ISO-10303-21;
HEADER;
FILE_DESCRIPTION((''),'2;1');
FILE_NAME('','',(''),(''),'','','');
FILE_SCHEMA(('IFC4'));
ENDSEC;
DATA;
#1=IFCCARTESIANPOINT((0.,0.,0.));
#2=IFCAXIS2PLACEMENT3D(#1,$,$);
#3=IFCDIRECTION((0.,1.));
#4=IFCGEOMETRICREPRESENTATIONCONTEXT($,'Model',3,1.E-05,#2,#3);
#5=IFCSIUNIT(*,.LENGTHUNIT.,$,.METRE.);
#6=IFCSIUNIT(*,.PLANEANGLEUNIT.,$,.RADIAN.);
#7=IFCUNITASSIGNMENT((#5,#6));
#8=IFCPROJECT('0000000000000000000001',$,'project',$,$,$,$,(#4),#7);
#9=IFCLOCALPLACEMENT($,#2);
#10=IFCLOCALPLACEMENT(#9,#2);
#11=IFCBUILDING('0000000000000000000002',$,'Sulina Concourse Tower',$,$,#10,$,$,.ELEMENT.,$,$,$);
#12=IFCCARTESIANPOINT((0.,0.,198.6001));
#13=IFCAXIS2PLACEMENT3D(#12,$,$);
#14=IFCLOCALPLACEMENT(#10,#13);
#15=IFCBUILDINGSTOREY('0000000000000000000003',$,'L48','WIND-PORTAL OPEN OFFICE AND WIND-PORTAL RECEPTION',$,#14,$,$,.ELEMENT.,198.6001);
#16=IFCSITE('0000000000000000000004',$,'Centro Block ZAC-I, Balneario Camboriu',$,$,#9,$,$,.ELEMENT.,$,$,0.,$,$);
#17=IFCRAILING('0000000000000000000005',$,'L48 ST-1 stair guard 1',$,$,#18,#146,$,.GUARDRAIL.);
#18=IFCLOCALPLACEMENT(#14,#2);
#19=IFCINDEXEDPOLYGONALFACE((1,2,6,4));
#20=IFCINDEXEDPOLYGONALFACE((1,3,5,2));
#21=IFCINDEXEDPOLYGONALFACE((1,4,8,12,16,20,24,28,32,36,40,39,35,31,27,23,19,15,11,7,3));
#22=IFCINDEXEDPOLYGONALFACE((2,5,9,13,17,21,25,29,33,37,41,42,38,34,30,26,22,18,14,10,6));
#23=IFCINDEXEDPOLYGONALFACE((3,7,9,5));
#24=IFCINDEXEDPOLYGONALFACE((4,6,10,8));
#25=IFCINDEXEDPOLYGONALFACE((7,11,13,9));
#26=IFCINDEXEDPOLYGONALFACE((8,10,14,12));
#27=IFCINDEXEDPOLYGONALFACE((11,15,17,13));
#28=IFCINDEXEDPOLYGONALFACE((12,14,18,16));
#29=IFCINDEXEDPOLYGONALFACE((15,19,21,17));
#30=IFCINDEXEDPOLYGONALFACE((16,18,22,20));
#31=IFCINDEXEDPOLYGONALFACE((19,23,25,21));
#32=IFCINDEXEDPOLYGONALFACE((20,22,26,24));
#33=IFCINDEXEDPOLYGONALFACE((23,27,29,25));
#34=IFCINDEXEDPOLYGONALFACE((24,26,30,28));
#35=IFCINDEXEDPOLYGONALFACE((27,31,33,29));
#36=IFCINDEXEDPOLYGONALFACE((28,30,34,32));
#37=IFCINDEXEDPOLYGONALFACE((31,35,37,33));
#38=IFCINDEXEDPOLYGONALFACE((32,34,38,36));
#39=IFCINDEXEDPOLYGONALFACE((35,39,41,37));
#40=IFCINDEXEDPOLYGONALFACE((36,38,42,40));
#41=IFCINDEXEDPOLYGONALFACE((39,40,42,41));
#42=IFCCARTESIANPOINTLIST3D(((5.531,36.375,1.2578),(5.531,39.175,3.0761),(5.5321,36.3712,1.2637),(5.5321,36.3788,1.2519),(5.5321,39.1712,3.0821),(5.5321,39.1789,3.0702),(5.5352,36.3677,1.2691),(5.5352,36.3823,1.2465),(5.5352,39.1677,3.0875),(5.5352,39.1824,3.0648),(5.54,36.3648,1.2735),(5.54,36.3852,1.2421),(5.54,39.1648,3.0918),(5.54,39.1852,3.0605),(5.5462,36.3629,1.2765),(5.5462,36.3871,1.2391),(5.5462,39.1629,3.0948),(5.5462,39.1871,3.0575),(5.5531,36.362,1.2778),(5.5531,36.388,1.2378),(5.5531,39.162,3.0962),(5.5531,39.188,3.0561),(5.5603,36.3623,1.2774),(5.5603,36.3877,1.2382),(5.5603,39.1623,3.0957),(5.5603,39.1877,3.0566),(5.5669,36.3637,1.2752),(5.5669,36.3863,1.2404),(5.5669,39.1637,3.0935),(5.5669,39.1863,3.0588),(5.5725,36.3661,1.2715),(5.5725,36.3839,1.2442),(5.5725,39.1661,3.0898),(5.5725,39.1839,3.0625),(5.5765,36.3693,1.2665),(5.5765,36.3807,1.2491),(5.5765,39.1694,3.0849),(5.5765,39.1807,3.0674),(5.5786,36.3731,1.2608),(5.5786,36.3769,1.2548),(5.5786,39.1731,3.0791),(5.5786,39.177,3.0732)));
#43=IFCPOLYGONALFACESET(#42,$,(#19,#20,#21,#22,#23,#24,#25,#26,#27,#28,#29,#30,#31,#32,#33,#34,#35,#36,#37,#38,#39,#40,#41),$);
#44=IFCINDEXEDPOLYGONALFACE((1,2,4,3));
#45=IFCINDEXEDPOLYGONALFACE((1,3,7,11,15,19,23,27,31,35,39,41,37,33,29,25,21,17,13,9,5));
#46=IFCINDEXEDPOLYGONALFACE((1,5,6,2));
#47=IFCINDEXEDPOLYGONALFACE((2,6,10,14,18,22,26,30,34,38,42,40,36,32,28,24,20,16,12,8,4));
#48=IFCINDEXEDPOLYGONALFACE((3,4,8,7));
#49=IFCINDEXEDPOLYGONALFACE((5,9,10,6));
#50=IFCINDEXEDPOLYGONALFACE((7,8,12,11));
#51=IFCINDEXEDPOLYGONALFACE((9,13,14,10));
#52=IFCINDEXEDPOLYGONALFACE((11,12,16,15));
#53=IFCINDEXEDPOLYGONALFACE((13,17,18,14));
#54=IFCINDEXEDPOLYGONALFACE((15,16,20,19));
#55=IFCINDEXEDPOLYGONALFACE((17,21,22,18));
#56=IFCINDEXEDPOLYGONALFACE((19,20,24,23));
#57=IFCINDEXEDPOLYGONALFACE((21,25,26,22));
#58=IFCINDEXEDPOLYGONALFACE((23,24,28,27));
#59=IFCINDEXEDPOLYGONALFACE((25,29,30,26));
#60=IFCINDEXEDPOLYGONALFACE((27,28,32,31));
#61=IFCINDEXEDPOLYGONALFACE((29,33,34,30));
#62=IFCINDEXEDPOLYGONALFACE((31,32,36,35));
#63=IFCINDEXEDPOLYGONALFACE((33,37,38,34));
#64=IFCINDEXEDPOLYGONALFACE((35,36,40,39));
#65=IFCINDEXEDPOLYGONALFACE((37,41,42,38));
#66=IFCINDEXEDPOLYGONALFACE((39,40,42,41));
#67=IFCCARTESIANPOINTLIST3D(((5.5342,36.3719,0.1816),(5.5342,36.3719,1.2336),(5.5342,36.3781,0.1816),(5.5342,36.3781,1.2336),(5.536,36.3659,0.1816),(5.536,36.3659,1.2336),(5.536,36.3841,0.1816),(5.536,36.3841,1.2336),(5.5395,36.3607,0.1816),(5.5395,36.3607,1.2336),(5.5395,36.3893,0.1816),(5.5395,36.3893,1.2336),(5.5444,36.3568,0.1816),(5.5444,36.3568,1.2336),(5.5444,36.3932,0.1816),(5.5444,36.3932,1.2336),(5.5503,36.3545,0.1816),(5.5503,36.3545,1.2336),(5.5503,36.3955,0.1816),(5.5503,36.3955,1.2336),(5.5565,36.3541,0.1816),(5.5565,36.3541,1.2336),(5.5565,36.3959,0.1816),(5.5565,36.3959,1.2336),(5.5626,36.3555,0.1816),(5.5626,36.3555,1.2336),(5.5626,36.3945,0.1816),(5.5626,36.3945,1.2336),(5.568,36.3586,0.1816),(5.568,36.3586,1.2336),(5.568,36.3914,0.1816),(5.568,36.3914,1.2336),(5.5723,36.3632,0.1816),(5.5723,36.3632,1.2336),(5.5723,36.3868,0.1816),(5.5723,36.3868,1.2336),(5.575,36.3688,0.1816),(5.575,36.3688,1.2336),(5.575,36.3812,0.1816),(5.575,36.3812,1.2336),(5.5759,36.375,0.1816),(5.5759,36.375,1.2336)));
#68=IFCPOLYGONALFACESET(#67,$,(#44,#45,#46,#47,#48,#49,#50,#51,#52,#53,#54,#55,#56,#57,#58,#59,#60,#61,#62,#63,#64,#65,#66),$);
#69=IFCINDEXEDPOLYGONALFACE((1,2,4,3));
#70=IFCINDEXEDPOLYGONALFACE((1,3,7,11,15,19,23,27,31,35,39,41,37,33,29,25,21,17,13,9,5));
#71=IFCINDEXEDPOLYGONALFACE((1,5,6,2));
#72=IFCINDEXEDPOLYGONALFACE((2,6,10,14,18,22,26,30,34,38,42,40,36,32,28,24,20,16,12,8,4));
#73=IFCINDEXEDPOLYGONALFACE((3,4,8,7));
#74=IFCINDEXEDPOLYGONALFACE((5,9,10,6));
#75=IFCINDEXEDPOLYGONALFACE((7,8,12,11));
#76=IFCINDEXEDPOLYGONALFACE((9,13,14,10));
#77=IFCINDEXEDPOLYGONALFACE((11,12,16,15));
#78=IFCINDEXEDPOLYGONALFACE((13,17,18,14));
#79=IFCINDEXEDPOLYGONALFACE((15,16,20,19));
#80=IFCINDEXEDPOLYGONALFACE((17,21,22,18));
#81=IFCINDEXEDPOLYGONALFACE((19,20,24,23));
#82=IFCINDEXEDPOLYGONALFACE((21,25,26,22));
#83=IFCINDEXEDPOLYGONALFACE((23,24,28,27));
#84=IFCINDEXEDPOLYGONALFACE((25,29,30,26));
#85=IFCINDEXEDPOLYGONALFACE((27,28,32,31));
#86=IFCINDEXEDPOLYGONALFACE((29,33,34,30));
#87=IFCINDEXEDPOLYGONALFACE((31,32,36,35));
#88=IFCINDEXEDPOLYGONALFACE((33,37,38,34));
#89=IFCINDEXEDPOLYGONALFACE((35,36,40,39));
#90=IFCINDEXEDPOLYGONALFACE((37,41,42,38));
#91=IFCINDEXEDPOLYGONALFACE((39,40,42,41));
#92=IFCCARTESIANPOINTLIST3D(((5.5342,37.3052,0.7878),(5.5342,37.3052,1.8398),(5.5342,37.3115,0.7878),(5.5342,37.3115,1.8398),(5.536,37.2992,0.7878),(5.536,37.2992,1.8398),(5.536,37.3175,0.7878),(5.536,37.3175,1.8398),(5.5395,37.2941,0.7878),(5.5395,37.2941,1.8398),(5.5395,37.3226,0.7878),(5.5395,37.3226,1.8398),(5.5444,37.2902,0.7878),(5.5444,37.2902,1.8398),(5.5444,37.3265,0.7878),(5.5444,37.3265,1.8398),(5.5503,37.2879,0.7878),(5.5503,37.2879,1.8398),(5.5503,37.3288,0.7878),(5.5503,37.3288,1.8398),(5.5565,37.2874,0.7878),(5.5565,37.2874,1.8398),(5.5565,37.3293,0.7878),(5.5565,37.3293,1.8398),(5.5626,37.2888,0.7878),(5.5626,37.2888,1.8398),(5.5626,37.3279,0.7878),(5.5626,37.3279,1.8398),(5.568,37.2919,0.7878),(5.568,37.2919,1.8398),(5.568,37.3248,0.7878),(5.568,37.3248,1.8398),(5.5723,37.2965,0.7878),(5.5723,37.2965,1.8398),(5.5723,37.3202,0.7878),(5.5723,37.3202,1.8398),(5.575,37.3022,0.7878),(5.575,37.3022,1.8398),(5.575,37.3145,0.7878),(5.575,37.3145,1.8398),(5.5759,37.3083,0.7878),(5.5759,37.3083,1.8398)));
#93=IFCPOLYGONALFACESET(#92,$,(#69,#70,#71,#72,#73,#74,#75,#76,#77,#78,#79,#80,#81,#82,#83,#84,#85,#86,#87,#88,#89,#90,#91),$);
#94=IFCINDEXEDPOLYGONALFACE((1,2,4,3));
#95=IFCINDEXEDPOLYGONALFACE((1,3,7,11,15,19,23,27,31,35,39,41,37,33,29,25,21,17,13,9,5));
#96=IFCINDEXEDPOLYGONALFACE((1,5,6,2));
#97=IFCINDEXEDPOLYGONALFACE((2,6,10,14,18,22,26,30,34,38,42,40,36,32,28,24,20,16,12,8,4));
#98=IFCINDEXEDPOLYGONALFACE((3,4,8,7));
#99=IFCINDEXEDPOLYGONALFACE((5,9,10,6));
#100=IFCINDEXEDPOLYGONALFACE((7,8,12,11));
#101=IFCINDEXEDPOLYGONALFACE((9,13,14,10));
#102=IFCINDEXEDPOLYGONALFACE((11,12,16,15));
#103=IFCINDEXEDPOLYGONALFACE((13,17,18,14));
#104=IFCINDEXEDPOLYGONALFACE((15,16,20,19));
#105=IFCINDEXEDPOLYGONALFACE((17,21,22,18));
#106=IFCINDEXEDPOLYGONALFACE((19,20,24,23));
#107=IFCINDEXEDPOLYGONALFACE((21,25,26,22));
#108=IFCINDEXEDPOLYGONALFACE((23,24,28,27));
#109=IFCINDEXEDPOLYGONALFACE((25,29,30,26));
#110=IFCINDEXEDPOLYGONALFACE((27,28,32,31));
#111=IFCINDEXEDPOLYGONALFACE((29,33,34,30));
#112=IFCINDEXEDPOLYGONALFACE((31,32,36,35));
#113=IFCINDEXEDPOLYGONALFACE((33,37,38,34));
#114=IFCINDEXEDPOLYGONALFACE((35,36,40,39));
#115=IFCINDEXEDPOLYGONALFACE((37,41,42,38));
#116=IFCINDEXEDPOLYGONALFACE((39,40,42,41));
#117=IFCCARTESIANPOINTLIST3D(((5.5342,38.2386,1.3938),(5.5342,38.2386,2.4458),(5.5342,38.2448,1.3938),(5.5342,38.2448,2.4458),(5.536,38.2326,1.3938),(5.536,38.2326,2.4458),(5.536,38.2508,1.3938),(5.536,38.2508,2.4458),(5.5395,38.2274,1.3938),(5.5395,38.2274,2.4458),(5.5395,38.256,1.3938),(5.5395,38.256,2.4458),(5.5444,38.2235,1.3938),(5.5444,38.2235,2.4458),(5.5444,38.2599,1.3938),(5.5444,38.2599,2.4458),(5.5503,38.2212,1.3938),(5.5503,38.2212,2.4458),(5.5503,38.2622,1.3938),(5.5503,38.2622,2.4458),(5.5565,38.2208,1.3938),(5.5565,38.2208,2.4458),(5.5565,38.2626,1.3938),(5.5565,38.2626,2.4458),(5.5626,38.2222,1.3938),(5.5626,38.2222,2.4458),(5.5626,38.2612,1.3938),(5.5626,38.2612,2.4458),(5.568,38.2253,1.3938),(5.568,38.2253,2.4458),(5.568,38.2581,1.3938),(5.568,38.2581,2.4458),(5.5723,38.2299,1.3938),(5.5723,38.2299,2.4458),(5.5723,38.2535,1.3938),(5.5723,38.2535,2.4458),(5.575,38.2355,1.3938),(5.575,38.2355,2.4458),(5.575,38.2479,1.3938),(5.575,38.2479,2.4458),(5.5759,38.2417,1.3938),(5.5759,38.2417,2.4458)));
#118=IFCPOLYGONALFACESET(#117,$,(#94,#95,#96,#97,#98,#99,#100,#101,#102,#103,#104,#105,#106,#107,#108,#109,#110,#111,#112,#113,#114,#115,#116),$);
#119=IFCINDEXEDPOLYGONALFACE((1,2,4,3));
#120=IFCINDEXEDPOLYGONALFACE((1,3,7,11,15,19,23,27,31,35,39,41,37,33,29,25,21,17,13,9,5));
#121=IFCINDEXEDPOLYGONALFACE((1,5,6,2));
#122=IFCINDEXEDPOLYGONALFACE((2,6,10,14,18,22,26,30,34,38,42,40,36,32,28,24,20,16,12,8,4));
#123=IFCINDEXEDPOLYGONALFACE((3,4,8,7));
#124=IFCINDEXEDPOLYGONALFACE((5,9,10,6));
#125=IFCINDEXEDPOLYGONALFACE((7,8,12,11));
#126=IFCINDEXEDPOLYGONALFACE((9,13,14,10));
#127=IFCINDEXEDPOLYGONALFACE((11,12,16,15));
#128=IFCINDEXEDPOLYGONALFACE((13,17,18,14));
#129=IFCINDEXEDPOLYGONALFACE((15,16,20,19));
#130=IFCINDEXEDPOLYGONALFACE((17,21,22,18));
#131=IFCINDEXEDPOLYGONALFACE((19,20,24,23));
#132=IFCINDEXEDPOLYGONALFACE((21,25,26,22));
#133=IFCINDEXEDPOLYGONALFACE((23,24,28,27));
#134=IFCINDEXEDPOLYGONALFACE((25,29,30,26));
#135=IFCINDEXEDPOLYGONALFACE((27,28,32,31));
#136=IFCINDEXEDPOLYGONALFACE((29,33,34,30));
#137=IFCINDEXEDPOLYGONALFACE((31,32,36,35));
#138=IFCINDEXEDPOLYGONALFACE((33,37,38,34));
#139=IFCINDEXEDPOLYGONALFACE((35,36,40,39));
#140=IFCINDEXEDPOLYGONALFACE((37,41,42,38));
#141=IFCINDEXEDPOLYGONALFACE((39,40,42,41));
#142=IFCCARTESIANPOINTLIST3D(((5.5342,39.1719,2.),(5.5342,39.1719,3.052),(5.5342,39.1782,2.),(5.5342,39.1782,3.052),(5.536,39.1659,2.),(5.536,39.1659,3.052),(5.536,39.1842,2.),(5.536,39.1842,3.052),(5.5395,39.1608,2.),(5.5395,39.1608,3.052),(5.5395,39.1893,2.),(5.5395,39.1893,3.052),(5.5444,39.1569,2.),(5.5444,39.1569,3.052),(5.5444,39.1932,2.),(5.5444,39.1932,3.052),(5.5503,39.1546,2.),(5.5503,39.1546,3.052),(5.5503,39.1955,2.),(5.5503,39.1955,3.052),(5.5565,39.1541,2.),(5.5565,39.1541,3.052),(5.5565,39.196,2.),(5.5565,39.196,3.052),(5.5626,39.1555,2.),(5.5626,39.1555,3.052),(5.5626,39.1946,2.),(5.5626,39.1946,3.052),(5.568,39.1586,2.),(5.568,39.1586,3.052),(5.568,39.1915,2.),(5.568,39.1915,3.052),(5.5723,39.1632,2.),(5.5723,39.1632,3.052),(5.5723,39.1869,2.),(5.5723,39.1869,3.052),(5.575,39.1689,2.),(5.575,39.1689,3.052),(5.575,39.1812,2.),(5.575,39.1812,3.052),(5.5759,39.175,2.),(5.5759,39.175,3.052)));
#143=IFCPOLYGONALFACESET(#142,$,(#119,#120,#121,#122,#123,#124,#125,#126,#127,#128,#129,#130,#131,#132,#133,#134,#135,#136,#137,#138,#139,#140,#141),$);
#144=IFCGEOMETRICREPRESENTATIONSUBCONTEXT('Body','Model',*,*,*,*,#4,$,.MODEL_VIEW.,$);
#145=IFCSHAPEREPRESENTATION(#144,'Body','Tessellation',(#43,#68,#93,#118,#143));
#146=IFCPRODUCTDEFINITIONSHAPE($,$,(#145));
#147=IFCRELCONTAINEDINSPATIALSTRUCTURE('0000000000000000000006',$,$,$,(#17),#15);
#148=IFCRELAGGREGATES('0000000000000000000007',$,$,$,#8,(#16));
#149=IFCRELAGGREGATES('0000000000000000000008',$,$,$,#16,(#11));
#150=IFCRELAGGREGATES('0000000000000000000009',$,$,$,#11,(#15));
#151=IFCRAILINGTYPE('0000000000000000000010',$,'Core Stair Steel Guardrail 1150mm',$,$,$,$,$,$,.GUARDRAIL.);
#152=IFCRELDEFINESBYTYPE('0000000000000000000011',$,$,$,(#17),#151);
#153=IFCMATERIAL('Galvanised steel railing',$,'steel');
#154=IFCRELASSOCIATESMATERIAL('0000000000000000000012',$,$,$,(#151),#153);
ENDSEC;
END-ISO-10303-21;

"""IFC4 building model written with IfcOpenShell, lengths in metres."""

from ifc_helpers import new_model, si_unit, direction, frame, origin, origin_2d, place, context, subcontext, project, spatial, circle, extrude, material, type_object, element, save


model = new_model("IFC4")

# Units and contexts
model_context = context("Model", 3, precision=1e-05, world=origin(), true_north=direction((0.0, 1.0)))
body_context = subcontext(model_context, "Body", "Model", "MODEL_VIEW")
ifc_project = project(units=[si_unit("LENGTHUNIT", "METRE"), si_unit("PLANEANGLEUNIT", "RADIAN")], contexts=[model_context])

# Site, building, storey
site_placement = place(None, origin())
site = spatial("IfcSite", under=ifc_project, at=site_placement, Name="Centro Block ZAC-I, Balneario Camboriu", CompositionType="ELEMENT", RefElevation=0.0)
building_placement = place(site_placement, origin())
building = spatial("IfcBuilding", under=site, at=building_placement, Name="Sulina Concourse Tower", CompositionType="ELEMENT")
storey_placement = place(building_placement, frame((0.0, 0.0, 198.6001)))
storey = spatial("IfcBuildingStorey", under=building, at=storey_placement, Name="L48", Description="WIND-PORTAL OPEN OFFICE AND WIND-PORTAL RECEPTION", CompositionType="ELEMENT", Elevation=198.6001)

# Railing
ifc_material_1 = material(Name="Galvanised steel railing", Category="steel")
railing_type_1 = type_object("IfcRailingType", Name="Core Stair Steel Guardrail 1150mm", PredefinedType="GUARDRAIL", material=ifc_material_1)
railing_1_placement = place(storey_placement, frame((5.5549, 36.375, 0.1816)))
element("IfcRailing", 1, at=railing_1_placement, inside=storey, type_object=railing_type_1, Name="L48 ST-1 stair guard 1", PredefinedType="GUARDRAIL", context=body_context, shape_type="SweptSolid", body=[
    extrude(circle(Radius=0.0239, at=origin_2d()), frame((0.0, 0.0, 1.0762), z_axis=(0.0, 0.838672, 0.544636), x_axis=(-1.0, 0.0, 0.0)), (0.0, 0.0, 1.0), 3.3386),
    extrude(circle(Radius=0.021, at=origin_2d()), origin(), (0.0, 0.0, 1.0), 1.052),
    extrude(circle(Radius=0.021, at=origin_2d()), frame((0.0, 0.9333, 0.6062)), (0.0, 0.0, 1.0), 1.052),
    extrude(circle(Radius=0.021, at=origin_2d()), frame((0.0, 1.8667, 1.2122)), (0.0, 0.0, 1.0), 1.052),
    extrude(circle(Radius=0.021, at=origin_2d()), frame((0.0, 2.8, 1.8184)), (0.0, 0.0, 1.0), 1.052),
])

save(model, "model.ifc")
